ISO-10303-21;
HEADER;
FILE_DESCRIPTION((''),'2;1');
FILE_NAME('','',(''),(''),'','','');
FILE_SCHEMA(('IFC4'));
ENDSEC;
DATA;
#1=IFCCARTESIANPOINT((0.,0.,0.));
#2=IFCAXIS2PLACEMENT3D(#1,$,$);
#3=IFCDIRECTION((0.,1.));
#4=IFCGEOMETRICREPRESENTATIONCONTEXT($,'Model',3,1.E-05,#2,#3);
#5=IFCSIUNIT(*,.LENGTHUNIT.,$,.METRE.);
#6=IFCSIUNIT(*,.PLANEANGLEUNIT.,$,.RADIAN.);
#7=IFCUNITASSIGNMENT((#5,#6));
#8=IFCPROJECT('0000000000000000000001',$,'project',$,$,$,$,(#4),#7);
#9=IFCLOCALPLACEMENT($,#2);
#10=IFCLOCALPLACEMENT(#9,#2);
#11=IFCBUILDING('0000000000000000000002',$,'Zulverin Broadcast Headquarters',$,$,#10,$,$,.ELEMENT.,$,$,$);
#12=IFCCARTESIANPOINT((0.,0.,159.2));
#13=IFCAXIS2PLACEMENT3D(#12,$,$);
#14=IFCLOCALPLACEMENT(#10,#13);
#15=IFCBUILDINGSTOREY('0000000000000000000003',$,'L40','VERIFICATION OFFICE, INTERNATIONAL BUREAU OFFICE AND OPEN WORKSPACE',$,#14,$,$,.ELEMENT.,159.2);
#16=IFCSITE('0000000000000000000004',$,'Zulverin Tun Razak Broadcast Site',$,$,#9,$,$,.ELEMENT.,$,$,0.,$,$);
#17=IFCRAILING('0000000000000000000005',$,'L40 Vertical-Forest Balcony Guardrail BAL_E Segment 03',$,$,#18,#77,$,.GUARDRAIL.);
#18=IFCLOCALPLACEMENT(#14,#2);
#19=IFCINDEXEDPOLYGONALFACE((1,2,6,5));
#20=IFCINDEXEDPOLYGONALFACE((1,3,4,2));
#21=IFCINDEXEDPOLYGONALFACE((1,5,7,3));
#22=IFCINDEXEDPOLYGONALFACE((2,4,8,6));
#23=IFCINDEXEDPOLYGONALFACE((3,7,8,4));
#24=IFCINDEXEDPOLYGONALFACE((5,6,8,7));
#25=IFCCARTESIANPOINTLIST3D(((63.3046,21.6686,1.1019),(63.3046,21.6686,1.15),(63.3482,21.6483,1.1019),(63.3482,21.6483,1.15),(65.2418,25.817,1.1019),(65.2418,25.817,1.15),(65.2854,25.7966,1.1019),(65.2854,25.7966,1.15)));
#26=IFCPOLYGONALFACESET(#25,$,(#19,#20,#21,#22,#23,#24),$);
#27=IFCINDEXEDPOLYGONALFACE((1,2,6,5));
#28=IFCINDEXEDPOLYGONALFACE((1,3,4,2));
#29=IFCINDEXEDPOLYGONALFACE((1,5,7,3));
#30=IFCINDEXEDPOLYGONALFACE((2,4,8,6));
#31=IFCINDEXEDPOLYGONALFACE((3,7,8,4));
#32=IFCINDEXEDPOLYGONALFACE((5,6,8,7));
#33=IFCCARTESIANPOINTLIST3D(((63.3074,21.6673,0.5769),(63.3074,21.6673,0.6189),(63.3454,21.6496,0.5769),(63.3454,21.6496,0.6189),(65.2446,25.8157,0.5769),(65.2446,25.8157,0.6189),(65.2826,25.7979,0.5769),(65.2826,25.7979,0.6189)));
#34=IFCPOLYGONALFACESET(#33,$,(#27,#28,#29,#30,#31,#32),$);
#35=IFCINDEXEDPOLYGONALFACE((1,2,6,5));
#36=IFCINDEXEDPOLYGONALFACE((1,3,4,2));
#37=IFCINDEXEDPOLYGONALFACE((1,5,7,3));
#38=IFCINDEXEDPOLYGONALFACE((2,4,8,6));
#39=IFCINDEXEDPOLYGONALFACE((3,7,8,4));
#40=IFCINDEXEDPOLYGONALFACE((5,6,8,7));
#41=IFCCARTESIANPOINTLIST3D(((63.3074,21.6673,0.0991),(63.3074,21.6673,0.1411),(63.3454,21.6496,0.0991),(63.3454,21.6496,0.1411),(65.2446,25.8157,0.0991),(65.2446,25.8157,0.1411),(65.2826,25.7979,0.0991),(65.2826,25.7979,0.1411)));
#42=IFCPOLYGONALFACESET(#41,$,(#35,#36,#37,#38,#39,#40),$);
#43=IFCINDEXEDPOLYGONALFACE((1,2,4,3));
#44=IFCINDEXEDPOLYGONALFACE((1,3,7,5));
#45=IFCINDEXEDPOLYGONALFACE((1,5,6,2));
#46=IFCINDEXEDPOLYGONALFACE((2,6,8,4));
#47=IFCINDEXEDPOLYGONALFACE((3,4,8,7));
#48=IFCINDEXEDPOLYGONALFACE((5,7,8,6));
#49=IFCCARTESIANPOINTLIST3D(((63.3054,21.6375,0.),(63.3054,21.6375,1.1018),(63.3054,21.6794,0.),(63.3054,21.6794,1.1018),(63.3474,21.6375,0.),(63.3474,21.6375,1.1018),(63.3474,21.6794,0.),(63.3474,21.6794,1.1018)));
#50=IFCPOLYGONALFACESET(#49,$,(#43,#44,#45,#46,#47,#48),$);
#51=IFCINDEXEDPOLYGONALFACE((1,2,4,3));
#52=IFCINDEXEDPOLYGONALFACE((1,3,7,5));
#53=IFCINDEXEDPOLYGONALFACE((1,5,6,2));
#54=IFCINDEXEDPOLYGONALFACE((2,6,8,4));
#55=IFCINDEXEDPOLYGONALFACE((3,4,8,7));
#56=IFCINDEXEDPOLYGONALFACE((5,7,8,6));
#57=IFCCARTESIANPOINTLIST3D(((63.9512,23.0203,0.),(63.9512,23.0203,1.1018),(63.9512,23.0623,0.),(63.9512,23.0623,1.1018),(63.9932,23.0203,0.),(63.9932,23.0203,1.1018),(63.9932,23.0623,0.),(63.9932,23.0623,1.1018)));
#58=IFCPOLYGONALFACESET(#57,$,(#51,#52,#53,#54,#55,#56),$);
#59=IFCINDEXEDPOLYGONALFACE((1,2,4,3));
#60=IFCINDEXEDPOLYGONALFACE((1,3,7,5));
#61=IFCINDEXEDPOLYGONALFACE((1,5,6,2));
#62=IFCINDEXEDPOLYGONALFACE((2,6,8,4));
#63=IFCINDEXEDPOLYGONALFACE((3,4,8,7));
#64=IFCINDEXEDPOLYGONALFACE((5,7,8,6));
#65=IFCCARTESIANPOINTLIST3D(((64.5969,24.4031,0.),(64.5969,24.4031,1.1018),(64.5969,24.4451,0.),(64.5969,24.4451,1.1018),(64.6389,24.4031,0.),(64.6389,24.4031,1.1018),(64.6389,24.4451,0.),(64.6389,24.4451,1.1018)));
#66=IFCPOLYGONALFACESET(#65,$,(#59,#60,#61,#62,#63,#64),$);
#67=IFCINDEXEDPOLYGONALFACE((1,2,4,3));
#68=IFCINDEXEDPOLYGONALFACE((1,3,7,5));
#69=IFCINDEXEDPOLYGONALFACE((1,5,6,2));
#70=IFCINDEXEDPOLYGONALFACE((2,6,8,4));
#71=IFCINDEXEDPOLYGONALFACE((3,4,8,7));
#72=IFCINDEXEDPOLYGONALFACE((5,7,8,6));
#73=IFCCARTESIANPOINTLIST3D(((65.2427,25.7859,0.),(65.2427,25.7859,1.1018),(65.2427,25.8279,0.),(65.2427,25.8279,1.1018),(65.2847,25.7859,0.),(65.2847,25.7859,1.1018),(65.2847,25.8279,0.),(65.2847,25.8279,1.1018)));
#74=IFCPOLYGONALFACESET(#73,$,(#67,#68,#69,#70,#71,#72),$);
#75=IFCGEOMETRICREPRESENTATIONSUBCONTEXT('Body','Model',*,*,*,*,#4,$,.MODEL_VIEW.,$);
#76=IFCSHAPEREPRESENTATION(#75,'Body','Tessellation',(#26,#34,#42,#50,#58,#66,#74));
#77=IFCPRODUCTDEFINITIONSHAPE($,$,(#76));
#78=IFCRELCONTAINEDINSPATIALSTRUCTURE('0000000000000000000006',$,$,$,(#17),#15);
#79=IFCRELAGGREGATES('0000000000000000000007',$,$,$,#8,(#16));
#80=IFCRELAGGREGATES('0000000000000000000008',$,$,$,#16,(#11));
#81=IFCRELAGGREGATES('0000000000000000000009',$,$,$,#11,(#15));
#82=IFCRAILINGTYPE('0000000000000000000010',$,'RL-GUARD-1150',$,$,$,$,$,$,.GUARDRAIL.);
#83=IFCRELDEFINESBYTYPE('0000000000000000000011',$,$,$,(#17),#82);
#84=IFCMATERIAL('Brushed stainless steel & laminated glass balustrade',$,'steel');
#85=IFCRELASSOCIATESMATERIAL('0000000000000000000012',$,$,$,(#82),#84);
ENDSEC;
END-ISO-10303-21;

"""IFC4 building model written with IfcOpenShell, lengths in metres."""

from ifc_helpers import new_model, si_unit, direction, frame, origin, origin_2d, place, context, subcontext, project, spatial, rectangle, extrude, material, type_object, element, save


model = new_model("IFC4")

# Units and contexts
model_context = context("Model", 3, precision=1e-05, world=origin(), true_north=direction((0.0, 1.0)))
body_context = subcontext(model_context, "Body", "Model", "MODEL_VIEW")
ifc_project = project(units=[si_unit("LENGTHUNIT", "METRE"), si_unit("PLANEANGLEUNIT", "RADIAN")], contexts=[model_context])

# Site, building, storey
site_placement = place(None, origin())
site = spatial("IfcSite", under=ifc_project, at=site_placement, Name="Zulverin Tun Razak Broadcast Site", CompositionType="ELEMENT", RefElevation=0.0)
building_placement = place(site_placement, origin())
building = spatial("IfcBuilding", under=site, at=building_placement, Name="Zulverin Broadcast Headquarters", CompositionType="ELEMENT")
storey_placement = place(building_placement, frame((0.0, 0.0, 159.2)))
storey = spatial("IfcBuildingStorey", under=building, at=storey_placement, Name="L40", Description="VERIFICATION OFFICE, INTERNATIONAL BUREAU OFFICE AND OPEN WORKSPACE", CompositionType="ELEMENT", Elevation=159.2)

# Railing
ifc_material_1 = material(Name="Brushed stainless steel & laminated glass balustrade", Category="steel")
railing_type = type_object("IfcRailingType", Name="RL-GUARD-1150", PredefinedType="GUARDRAIL", material=ifc_material_1)
railing_1_placement = place(storey_placement, frame((63.3264, 21.6584, 0.0)))
element("IfcRailing", 1, at=railing_1_placement, inside=storey, type_object=railing_type, Name="L40 Vertical-Forest Balcony Guardrail BAL_E Segment 03", PredefinedType="GUARDRAIL", context=body_context, shape_type="SweptSolid", body=[
    extrude(rectangle(XDim=0.0481, YDim=0.0481, at=origin_2d()), frame((0.0, 0.0, 1.126), z_axis=(0.423122, 0.906073, 0.0), x_axis=(-0.906073, 0.423122, 0.0)), (0.0, 0.0, 1.0), 4.5784),
    extrude(rectangle(XDim=0.042, YDim=0.042, at=origin_2d()), frame((0.0, 0.0, 0.5979), z_axis=(0.423122, 0.906073, 0.0), x_axis=(-0.906073, 0.423122, 0.0)), (0.0, 0.0, 1.0), 4.5784),
    extrude(rectangle(XDim=0.042, YDim=0.042, at=origin_2d()), frame((0.0, 0.0, 0.1201), z_axis=(0.423122, 0.906073, 0.0), x_axis=(-0.906073, 0.423122, 0.0)), (0.0, 0.0, 1.0), 4.5784),
    extrude(rectangle(XDim=0.042, YDim=0.042, at=origin_2d()), origin(), (0.0, 0.0, 1.0), 1.1018),
    extrude(rectangle(XDim=0.042, YDim=0.042, at=origin_2d()), frame((0.6458, 1.3828, 0.0)), (0.0, 0.0, 1.0), 1.1018),
    extrude(rectangle(XDim=0.042, YDim=0.042, at=origin_2d()), frame((1.2915, 2.7656, 0.0)), (0.0, 0.0, 1.0), 1.1018),
    extrude(rectangle(XDim=0.042, YDim=0.042, at=origin_2d()), frame((1.9373, 4.1484, 0.0)), (0.0, 0.0, 1.0), 1.1018),
])

save(model, "model.ifc")
